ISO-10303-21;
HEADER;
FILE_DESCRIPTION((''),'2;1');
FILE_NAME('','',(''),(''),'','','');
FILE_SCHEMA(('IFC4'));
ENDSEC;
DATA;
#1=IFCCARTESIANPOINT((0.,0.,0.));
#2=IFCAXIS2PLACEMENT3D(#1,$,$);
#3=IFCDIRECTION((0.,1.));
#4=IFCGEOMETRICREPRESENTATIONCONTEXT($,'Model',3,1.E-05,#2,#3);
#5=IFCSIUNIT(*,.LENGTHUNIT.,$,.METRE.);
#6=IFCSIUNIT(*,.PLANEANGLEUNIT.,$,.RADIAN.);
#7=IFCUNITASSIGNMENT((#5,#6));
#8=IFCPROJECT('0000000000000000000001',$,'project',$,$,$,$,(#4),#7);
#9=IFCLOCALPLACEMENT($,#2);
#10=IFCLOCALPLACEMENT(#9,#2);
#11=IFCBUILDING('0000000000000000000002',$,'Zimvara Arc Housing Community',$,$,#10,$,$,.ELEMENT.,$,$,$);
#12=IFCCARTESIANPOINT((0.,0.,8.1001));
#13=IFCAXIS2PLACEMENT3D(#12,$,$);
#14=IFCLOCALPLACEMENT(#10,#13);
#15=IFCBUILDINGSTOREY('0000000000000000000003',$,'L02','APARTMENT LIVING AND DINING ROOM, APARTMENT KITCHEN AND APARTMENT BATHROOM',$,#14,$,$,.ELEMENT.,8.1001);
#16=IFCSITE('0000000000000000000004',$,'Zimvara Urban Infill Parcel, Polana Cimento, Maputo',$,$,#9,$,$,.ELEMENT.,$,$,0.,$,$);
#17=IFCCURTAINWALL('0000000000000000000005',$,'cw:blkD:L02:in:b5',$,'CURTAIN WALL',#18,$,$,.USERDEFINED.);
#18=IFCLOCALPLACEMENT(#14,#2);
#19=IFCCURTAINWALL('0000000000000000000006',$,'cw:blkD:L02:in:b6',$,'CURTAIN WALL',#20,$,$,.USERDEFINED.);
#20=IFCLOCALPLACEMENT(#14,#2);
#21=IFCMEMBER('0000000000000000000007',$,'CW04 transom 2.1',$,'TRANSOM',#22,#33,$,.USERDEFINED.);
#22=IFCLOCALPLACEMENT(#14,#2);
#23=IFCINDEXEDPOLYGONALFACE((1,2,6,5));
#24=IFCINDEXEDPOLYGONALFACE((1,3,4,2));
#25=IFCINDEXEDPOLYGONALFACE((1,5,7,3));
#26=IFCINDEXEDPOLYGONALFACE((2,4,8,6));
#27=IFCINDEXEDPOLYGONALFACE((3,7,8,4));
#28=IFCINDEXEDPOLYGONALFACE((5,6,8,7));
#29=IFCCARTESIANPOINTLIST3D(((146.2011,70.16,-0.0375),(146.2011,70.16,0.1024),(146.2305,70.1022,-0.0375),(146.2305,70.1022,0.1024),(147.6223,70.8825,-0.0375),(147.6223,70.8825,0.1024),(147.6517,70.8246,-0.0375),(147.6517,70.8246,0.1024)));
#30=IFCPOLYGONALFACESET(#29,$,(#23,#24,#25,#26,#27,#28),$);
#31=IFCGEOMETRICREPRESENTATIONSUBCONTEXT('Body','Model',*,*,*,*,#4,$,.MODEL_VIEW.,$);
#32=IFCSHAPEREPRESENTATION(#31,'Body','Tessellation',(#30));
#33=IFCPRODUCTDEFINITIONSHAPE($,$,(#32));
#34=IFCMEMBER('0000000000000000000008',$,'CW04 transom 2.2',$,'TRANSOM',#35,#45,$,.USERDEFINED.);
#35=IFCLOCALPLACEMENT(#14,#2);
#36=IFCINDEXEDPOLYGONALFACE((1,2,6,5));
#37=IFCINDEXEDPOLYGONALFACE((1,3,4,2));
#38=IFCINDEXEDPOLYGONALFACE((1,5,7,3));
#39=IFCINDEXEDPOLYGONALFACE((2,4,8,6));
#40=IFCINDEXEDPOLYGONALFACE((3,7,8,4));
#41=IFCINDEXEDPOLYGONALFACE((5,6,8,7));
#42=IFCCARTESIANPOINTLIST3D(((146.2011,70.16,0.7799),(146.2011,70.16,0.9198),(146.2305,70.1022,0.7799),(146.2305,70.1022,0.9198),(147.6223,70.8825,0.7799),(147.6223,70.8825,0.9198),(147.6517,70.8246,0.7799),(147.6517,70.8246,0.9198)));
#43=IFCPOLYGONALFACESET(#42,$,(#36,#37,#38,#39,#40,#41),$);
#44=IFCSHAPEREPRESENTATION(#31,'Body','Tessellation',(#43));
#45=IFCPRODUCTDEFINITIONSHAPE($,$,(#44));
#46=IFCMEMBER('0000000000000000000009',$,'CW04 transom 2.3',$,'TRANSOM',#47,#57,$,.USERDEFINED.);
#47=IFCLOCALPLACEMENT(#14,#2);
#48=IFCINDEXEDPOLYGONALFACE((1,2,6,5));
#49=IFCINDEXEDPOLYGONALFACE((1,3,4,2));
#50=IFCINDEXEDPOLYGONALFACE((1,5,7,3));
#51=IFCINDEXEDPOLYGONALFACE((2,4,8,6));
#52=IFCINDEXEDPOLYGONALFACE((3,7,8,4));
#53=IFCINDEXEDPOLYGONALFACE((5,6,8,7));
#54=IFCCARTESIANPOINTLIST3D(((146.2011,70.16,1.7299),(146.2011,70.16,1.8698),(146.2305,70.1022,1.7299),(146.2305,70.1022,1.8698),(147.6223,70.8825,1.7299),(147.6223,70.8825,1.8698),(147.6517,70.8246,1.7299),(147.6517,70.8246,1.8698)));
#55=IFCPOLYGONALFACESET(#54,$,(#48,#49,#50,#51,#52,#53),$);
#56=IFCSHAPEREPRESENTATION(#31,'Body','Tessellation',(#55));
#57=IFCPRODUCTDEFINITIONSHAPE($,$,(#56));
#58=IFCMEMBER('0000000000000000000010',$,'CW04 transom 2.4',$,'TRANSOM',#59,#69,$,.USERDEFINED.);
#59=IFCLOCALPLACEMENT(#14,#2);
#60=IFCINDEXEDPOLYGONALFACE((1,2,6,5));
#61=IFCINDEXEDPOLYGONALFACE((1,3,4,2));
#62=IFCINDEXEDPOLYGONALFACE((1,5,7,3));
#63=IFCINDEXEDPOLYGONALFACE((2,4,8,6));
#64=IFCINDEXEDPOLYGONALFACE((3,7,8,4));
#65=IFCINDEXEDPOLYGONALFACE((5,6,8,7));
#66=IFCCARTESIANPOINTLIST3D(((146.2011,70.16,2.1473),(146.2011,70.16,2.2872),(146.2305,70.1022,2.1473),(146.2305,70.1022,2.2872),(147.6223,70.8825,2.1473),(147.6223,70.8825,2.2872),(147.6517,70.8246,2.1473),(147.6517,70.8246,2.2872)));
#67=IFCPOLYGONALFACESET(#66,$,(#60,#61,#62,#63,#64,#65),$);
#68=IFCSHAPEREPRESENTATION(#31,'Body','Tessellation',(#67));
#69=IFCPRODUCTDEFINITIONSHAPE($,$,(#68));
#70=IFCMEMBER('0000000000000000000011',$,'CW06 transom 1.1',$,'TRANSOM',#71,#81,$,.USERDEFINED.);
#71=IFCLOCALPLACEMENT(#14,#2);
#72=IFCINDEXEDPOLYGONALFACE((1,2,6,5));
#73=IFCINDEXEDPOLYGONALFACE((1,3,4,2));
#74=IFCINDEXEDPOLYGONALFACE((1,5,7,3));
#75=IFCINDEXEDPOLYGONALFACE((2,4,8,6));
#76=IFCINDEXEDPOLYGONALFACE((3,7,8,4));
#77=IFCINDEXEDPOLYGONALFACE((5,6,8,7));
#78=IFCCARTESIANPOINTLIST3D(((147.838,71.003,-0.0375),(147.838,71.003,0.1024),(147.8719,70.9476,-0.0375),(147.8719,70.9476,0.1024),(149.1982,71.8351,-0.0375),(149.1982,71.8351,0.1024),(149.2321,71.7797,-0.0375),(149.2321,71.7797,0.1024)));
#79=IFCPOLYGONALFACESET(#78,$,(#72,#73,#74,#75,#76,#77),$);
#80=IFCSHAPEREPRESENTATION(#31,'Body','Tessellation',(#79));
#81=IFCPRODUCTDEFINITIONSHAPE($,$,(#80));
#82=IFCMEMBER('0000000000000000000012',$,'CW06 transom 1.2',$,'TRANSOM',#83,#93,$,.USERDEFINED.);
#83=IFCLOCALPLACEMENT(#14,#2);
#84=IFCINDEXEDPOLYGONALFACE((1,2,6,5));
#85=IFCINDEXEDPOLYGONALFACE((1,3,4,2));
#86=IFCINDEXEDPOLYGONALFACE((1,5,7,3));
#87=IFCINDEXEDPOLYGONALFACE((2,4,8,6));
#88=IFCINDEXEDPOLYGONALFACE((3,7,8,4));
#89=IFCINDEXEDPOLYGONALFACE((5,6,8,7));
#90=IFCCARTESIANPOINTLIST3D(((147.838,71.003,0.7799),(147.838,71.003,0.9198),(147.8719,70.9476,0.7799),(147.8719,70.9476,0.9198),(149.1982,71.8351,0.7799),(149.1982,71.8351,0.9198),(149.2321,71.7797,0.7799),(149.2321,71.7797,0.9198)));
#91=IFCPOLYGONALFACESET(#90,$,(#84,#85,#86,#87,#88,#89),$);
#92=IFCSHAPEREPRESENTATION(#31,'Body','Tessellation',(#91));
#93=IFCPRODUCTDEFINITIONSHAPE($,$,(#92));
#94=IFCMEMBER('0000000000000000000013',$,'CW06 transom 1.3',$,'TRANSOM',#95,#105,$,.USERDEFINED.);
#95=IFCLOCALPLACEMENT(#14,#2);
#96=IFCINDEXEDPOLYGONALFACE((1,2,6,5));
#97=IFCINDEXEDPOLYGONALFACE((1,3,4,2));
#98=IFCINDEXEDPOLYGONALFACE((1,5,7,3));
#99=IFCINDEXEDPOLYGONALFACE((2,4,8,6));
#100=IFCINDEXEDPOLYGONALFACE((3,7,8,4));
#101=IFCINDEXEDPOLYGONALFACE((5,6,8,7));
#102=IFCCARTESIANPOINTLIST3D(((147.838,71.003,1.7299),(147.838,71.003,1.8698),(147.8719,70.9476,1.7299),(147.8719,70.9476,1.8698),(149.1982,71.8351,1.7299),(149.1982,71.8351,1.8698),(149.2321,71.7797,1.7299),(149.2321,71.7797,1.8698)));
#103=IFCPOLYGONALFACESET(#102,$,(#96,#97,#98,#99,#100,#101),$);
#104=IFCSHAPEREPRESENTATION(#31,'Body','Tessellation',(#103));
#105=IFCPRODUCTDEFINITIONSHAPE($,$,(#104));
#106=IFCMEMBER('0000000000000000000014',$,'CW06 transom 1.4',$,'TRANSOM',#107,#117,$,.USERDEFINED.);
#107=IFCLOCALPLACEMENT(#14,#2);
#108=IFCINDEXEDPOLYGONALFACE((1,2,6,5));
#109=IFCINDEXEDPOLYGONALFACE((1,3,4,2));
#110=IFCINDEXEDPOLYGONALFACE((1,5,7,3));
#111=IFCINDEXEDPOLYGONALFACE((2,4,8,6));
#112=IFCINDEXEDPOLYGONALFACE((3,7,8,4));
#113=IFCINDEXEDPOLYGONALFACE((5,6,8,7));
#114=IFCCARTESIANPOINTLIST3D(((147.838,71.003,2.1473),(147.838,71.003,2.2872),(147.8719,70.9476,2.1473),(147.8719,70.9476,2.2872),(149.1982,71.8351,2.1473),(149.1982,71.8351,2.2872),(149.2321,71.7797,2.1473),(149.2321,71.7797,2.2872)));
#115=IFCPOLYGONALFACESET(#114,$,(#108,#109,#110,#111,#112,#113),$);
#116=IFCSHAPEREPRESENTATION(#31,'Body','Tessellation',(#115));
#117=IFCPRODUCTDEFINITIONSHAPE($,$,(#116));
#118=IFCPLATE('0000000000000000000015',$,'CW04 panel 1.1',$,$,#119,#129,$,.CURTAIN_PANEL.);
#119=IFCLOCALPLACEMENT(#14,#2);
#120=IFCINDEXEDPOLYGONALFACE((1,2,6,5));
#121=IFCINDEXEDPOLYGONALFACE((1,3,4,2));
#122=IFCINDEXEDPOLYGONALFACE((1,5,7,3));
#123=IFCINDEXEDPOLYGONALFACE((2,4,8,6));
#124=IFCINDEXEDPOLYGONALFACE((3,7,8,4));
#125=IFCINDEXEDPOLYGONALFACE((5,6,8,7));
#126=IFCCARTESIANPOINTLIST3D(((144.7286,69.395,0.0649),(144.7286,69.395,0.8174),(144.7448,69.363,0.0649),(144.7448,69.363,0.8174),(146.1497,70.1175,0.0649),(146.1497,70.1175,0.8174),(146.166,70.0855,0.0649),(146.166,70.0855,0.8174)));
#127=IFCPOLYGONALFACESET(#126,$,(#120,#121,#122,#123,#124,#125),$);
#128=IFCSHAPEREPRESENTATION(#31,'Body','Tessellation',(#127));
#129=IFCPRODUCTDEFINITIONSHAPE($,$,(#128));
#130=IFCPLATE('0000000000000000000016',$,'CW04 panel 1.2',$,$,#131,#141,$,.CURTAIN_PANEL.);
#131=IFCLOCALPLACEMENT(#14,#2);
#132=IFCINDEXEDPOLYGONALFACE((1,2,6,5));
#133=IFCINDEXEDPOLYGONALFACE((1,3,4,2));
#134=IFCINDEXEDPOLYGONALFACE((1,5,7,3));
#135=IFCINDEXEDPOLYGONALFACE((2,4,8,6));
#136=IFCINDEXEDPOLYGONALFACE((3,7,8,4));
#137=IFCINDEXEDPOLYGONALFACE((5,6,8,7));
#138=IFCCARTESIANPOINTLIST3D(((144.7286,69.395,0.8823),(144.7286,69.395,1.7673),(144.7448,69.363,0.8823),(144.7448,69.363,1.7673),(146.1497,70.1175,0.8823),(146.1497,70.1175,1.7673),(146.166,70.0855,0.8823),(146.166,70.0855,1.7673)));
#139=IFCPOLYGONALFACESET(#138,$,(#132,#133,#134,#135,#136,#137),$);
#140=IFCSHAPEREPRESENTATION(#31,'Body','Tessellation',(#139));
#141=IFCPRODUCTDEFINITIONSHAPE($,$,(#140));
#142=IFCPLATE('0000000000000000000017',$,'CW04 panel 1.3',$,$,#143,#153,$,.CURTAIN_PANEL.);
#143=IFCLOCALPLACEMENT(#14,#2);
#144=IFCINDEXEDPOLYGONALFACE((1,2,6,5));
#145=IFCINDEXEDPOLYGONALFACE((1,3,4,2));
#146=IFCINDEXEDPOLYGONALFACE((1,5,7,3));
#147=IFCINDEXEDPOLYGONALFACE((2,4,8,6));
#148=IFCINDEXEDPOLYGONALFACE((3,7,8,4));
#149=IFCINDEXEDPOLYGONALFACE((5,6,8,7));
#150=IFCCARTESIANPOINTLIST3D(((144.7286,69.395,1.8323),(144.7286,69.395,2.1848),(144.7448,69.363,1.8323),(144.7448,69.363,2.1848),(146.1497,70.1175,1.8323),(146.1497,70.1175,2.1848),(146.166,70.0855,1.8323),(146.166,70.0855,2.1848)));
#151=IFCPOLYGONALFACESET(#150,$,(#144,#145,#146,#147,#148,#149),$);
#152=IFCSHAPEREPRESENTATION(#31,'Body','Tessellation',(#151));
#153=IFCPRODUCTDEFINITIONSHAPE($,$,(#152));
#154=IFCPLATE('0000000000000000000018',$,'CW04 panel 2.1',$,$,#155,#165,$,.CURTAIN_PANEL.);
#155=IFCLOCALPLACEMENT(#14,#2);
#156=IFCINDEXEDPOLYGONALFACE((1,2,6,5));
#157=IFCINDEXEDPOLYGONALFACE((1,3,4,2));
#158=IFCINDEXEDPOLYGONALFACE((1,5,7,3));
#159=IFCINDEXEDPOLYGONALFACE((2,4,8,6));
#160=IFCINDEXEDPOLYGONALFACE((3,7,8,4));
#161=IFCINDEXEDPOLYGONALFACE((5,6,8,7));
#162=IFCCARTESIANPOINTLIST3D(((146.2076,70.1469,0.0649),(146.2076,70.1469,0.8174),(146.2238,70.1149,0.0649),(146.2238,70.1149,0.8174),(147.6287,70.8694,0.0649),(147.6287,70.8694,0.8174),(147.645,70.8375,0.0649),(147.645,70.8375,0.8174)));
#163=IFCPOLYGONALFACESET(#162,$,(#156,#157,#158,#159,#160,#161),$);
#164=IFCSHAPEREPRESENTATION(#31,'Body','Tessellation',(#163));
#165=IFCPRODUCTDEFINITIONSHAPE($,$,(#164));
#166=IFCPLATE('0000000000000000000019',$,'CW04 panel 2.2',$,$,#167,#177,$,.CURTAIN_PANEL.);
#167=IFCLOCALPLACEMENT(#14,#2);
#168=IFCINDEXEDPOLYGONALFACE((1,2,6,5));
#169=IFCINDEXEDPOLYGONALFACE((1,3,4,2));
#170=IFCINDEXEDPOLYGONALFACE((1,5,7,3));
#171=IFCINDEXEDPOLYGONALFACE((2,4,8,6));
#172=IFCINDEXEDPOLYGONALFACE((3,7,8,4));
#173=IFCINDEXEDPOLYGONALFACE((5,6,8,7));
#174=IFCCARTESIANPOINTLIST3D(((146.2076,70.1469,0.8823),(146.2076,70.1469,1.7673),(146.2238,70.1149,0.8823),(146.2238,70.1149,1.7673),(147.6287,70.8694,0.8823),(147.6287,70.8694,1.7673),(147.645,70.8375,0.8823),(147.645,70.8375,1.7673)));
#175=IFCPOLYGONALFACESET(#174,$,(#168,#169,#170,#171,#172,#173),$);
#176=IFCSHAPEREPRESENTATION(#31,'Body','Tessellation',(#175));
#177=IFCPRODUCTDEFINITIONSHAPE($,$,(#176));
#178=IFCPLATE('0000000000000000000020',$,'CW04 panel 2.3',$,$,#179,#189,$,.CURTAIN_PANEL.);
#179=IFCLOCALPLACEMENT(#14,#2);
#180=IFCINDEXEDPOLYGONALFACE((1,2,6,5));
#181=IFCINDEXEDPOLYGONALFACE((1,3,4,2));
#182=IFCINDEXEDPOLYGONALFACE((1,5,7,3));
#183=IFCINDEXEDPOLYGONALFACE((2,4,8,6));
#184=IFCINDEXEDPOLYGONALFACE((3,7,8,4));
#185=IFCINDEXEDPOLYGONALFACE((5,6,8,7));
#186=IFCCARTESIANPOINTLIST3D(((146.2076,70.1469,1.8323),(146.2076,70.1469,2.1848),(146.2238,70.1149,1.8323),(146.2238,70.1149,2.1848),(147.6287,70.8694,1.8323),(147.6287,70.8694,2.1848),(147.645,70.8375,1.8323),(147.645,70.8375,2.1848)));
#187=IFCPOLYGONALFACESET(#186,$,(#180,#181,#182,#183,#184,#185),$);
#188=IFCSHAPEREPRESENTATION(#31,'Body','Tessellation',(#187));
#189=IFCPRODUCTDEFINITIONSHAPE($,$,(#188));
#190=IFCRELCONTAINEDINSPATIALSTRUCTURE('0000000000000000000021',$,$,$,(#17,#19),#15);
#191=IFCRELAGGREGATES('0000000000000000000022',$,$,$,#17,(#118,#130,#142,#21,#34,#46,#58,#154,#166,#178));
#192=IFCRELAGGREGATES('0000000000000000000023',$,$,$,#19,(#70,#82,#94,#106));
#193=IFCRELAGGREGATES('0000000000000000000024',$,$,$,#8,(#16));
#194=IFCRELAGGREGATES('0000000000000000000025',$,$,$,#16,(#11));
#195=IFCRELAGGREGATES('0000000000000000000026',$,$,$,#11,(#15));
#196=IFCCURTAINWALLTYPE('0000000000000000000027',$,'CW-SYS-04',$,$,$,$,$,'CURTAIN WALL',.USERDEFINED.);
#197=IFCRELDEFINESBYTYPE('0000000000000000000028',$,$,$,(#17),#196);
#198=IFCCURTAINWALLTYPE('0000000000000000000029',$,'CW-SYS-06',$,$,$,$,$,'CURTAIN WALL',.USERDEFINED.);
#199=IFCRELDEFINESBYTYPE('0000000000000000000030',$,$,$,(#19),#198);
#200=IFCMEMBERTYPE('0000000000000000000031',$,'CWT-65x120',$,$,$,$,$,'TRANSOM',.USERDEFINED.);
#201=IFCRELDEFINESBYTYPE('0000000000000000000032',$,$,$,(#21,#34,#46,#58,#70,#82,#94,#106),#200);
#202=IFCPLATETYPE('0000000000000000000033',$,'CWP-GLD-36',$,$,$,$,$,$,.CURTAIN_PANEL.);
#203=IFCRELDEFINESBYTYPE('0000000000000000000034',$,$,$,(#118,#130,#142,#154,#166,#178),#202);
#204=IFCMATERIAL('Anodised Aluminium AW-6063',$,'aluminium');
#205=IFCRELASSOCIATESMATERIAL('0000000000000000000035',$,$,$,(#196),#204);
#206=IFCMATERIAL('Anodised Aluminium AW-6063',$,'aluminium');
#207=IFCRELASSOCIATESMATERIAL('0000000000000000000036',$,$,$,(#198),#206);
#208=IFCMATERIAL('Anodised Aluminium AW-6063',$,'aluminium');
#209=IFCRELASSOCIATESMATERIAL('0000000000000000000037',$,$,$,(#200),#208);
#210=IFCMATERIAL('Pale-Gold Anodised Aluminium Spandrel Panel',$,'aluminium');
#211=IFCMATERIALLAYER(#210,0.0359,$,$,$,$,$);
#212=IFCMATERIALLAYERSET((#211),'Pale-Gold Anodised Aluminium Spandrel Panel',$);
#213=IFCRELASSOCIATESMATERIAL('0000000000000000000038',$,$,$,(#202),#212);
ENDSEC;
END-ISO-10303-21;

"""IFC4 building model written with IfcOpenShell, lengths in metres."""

from ifc_helpers import new_model, si_unit, direction, frame, origin, origin_2d, place, context, subcontext, project, spatial, rectangle, extrude, material, layer, layer_set, material_profile, profile_set, type_object, element, aggregate, save


model = new_model("IFC4")

# Units and contexts
model_context = context("Model", 3, precision=1e-05, world=origin(), true_north=direction((0.0, 1.0)))
body_context = subcontext(model_context, "Body", "Model", "MODEL_VIEW")
ifc_project = project(units=[si_unit("LENGTHUNIT", "METRE"), si_unit("PLANEANGLEUNIT", "RADIAN")], contexts=[model_context])

# Site, building, storey
site_placement = place(None, origin())
site = spatial("IfcSite", under=ifc_project, at=site_placement, Name="Zimvara Urban Infill Parcel, Polana Cimento, Maputo", CompositionType="ELEMENT", RefElevation=0.0)
building_placement = place(site_placement, origin())
building = spatial("IfcBuilding", under=site, at=building_placement, Name="Zimvara Arc Housing Community", CompositionType="ELEMENT")
storey_placement = place(building_placement, frame((0.0, 0.0, 8.1001)))
storey = spatial("IfcBuildingStorey", under=building, at=storey_placement, Name="L02", Description="APARTMENT LIVING AND DINING ROOM, APARTMENT KITCHEN AND APARTMENT BATHROOM", CompositionType="ELEMENT", Elevation=8.1001)

# Curtain walls
ifc_material_1 = material(Name="Anodised Aluminium AW-6063", Category="aluminium")
curtain_wall_type_1 = type_object("IfcCurtainWallType", Name="CW-SYS-04", ElementType="CURTAIN WALL", PredefinedType="USERDEFINED", material=ifc_material_1)
curtain_wall_1_placement = place(storey_placement, origin())
curtain_wall_1 = element("IfcCurtainWall", 1, at=curtain_wall_1_placement, inside=storey, type_object=curtain_wall_type_1, Name="cw:blkD:L02:in:b5", ObjectType="CURTAIN WALL", PredefinedType="USERDEFINED")
ifc_material_2 = material(Name="Anodised Aluminium AW-6063", Category="aluminium")
curtain_wall_type_2 = type_object("IfcCurtainWallType", Name="CW-SYS-06", ElementType="CURTAIN WALL", PredefinedType="USERDEFINED", material=ifc_material_2)
curtain_wall_2_placement = place(storey_placement, origin())
curtain_wall_2 = element("IfcCurtainWall", 2, at=curtain_wall_2_placement, inside=storey, type_object=curtain_wall_type_2, Name="cw:blkD:L02:in:b6", ObjectType="CURTAIN WALL", PredefinedType="USERDEFINED")

# Members
ifc_material_3 = material(Name="Anodised Aluminium AW-6063", Category="aluminium")
ifc_material_profile_1 = material_profile(ifc_material_3, rectangle(XDim=0.0649, YDim=0.1399, at=origin_2d()), Name="ALU 65x140")
ifc_profile_set_1 = profile_set([ifc_material_profile_1], Name="Anodised Aluminium AW-6063")
member_type_1 = type_object("IfcMemberType", Name="CWT-65x120", ElementType="TRANSOM", PredefinedType="USERDEFINED", material=ifc_profile_set_1)
member_1_placement = place(storey_placement, frame((146.2158, 70.1311, 0.0325), z_axis=(0.891437, 0.453146, 0.0), x_axis=(-0.453146, 0.891437, 0.0)))
member_1 = element("IfcMember", 3, at=member_1_placement, type_object=member_type_1, Name="CW04 transom 2.1", ObjectType="TRANSOM", PredefinedType="USERDEFINED", context=body_context, shape_type="SweptSolid", body=[
    extrude(rectangle(XDim=0.0649, YDim=0.1399, at=origin_2d()), origin(), (0.0, 0.0, 1.0), 1.5942),
])
member_2_placement = place(storey_placement, frame((146.2158, 70.1311, 0.8499), z_axis=(0.891437, 0.453146, 0.0), x_axis=(-0.453146, 0.891437, 0.0)))
member_2 = element("IfcMember", 4, at=member_2_placement, type_object=member_type_1, Name="CW04 transom 2.2", ObjectType="TRANSOM", PredefinedType="USERDEFINED", context=body_context, shape_type="SweptSolid", body=[
    extrude(rectangle(XDim=0.0649, YDim=0.1399, at=origin_2d()), origin(), (0.0, 0.0, 1.0), 1.5942),
])
member_3_placement = place(storey_placement, frame((146.2158, 70.1311, 1.7998), z_axis=(0.891437, 0.453146, 0.0), x_axis=(-0.453146, 0.891437, 0.0)))
member_3 = element("IfcMember", 5, at=member_3_placement, type_object=member_type_1, Name="CW04 transom 2.3", ObjectType="TRANSOM", PredefinedType="USERDEFINED", context=body_context, shape_type="SweptSolid", body=[
    extrude(rectangle(XDim=0.0649, YDim=0.1399, at=origin_2d()), origin(), (0.0, 0.0, 1.0), 1.5942),
])
member_4_placement = place(storey_placement, frame((146.2158, 70.1311, 2.2173), z_axis=(0.891437, 0.453146, 0.0), x_axis=(-0.453146, 0.891437, 0.0)))
member_4 = element("IfcMember", 6, at=member_4_placement, type_object=member_type_1, Name="CW04 transom 2.4", ObjectType="TRANSOM", PredefinedType="USERDEFINED", context=body_context, shape_type="SweptSolid", body=[
    extrude(rectangle(XDim=0.0649, YDim=0.1399, at=origin_2d()), origin(), (0.0, 0.0, 1.0), 1.5942),
])
member_5_placement = place(storey_placement, frame((147.855, 70.9753, 0.0325), z_axis=(0.853043, 0.52184, 0.0), x_axis=(-0.52184, 0.853043, 0.0)))
member_5 = element("IfcMember", 7, at=member_5_placement, type_object=member_type_1, Name="CW06 transom 1.1", ObjectType="TRANSOM", PredefinedType="USERDEFINED", context=body_context, shape_type="SweptSolid", body=[
    extrude(rectangle(XDim=0.0649, YDim=0.1399, at=origin_2d()), origin(), (0.0, 0.0, 1.0), 1.5945),
])
member_6_placement = place(storey_placement, frame((147.855, 70.9753, 0.8499), z_axis=(0.853043, 0.52184, 0.0), x_axis=(-0.52184, 0.853043, 0.0)))
member_6 = element("IfcMember", 8, at=member_6_placement, type_object=member_type_1, Name="CW06 transom 1.2", ObjectType="TRANSOM", PredefinedType="USERDEFINED", context=body_context, shape_type="SweptSolid", body=[
    extrude(rectangle(XDim=0.0649, YDim=0.1399, at=origin_2d()), origin(), (0.0, 0.0, 1.0), 1.5945),
])
member_7_placement = place(storey_placement, frame((147.855, 70.9753, 1.7998), z_axis=(0.853043, 0.52184, 0.0), x_axis=(-0.52184, 0.853043, 0.0)))
member_7 = element("IfcMember", 9, at=member_7_placement, type_object=member_type_1, Name="CW06 transom 1.3", ObjectType="TRANSOM", PredefinedType="USERDEFINED", context=body_context, shape_type="SweptSolid", body=[
    extrude(rectangle(XDim=0.0649, YDim=0.1399, at=origin_2d()), origin(), (0.0, 0.0, 1.0), 1.5945),
])
member_8_placement = place(storey_placement, frame((147.855, 70.9753, 2.2173), z_axis=(0.853043, 0.52184, 0.0), x_axis=(-0.52184, 0.853043, 0.0)))
member_8 = element("IfcMember", 10, at=member_8_placement, type_object=member_type_1, Name="CW06 transom 1.4", ObjectType="TRANSOM", PredefinedType="USERDEFINED", context=body_context, shape_type="SweptSolid", body=[
    extrude(rectangle(XDim=0.0649, YDim=0.1399, at=origin_2d()), origin(), (0.0, 0.0, 1.0), 1.5945),
])

# Plates
ifc_material_4 = material(Name="Pale-Gold Anodised Aluminium Spandrel Panel", Category="aluminium")
ifc_layer_1 = layer(ifc_material_4, 0.0359)
ifc_layer_set_1 = layer_set([ifc_layer_1], Name="Pale-Gold Anodised Aluminium Spandrel Panel")
plate_type_1 = type_object("IfcPlateType", Name="CWP-GLD-36", PredefinedType="CURTAIN_PANEL", material=ifc_layer_set_1)
plate_1_placement = place(storey_placement, frame((145.4473, 69.7402, 0.0649), z_axis=(0.0, 0.0, 1.0), x_axis=(0.891403, 0.453211, 0.0)))
plate_1 = element("IfcPlate", 11, at=plate_1_placement, type_object=plate_type_1, Name="CW04 panel 1.1", PredefinedType="CURTAIN_PANEL", context=body_context, shape_type="SweptSolid", body=[
    extrude(rectangle(XDim=1.5942, YDim=0.0359, at=origin_2d()), origin(), (0.0, 0.0, 1.0), 0.7524),
])
plate_2_placement = place(storey_placement, frame((145.4473, 69.7402, 0.8823), z_axis=(0.0, 0.0, 1.0), x_axis=(0.891403, 0.453211, 0.0)))
plate_2 = element("IfcPlate", 12, at=plate_2_placement, type_object=plate_type_1, Name="CW04 panel 1.2", PredefinedType="CURTAIN_PANEL", context=body_context, shape_type="SweptSolid", body=[
    extrude(rectangle(XDim=1.5942, YDim=0.0359, at=origin_2d()), origin(), (0.0, 0.0, 1.0), 0.885),
])
plate_3_placement = place(storey_placement, frame((145.4473, 69.7402, 1.8323), z_axis=(0.0, 0.0, 1.0), x_axis=(0.891403, 0.453211, 0.0)))
plate_3 = element("IfcPlate", 13, at=plate_3_placement, type_object=plate_type_1, Name="CW04 panel 1.3", PredefinedType="CURTAIN_PANEL", context=body_context, shape_type="SweptSolid", body=[
    extrude(rectangle(XDim=1.5942, YDim=0.0359, at=origin_2d()), origin(), (0.0, 0.0, 1.0), 0.3525),
])
plate_4_placement = place(storey_placement, frame((146.9263, 70.4922, 0.0649), z_axis=(0.0, 0.0, 1.0), x_axis=(0.891403, 0.453211, 0.0)))
plate_4 = element("IfcPlate", 14, at=plate_4_placement, type_object=plate_type_1, Name="CW04 panel 2.1", PredefinedType="CURTAIN_PANEL", context=body_context, shape_type="SweptSolid", body=[
    extrude(rectangle(XDim=1.5942, YDim=0.0359, at=origin_2d()), origin(), (0.0, 0.0, 1.0), 0.7524),
])
plate_5_placement = place(storey_placement, frame((146.9263, 70.4922, 0.8823), z_axis=(0.0, 0.0, 1.0), x_axis=(0.891403, 0.453211, 0.0)))
plate_5 = element("IfcPlate", 15, at=plate_5_placement, type_object=plate_type_1, Name="CW04 panel 2.2", PredefinedType="CURTAIN_PANEL", context=body_context, shape_type="SweptSolid", body=[
    extrude(rectangle(XDim=1.5942, YDim=0.0359, at=origin_2d()), origin(), (0.0, 0.0, 1.0), 0.885),
])
plate_6_placement = place(storey_placement, frame((146.9263, 70.4922, 1.8323), z_axis=(0.0, 0.0, 1.0), x_axis=(0.891403, 0.453211, 0.0)))
plate_6 = element("IfcPlate", 16, at=plate_6_placement, type_object=plate_type_1, Name="CW04 panel 2.3", PredefinedType="CURTAIN_PANEL", context=body_context, shape_type="SweptSolid", body=[
    extrude(rectangle(XDim=1.5942, YDim=0.0359, at=origin_2d()), origin(), (0.0, 0.0, 1.0), 0.3525),
])
aggregate(curtain_wall_1, [plate_1, plate_2, plate_3, member_1, member_2, member_3, member_4, plate_4, plate_5, plate_6])
aggregate(curtain_wall_2, [member_5, member_6, member_7, member_8])

save(model, "model.ifc")
